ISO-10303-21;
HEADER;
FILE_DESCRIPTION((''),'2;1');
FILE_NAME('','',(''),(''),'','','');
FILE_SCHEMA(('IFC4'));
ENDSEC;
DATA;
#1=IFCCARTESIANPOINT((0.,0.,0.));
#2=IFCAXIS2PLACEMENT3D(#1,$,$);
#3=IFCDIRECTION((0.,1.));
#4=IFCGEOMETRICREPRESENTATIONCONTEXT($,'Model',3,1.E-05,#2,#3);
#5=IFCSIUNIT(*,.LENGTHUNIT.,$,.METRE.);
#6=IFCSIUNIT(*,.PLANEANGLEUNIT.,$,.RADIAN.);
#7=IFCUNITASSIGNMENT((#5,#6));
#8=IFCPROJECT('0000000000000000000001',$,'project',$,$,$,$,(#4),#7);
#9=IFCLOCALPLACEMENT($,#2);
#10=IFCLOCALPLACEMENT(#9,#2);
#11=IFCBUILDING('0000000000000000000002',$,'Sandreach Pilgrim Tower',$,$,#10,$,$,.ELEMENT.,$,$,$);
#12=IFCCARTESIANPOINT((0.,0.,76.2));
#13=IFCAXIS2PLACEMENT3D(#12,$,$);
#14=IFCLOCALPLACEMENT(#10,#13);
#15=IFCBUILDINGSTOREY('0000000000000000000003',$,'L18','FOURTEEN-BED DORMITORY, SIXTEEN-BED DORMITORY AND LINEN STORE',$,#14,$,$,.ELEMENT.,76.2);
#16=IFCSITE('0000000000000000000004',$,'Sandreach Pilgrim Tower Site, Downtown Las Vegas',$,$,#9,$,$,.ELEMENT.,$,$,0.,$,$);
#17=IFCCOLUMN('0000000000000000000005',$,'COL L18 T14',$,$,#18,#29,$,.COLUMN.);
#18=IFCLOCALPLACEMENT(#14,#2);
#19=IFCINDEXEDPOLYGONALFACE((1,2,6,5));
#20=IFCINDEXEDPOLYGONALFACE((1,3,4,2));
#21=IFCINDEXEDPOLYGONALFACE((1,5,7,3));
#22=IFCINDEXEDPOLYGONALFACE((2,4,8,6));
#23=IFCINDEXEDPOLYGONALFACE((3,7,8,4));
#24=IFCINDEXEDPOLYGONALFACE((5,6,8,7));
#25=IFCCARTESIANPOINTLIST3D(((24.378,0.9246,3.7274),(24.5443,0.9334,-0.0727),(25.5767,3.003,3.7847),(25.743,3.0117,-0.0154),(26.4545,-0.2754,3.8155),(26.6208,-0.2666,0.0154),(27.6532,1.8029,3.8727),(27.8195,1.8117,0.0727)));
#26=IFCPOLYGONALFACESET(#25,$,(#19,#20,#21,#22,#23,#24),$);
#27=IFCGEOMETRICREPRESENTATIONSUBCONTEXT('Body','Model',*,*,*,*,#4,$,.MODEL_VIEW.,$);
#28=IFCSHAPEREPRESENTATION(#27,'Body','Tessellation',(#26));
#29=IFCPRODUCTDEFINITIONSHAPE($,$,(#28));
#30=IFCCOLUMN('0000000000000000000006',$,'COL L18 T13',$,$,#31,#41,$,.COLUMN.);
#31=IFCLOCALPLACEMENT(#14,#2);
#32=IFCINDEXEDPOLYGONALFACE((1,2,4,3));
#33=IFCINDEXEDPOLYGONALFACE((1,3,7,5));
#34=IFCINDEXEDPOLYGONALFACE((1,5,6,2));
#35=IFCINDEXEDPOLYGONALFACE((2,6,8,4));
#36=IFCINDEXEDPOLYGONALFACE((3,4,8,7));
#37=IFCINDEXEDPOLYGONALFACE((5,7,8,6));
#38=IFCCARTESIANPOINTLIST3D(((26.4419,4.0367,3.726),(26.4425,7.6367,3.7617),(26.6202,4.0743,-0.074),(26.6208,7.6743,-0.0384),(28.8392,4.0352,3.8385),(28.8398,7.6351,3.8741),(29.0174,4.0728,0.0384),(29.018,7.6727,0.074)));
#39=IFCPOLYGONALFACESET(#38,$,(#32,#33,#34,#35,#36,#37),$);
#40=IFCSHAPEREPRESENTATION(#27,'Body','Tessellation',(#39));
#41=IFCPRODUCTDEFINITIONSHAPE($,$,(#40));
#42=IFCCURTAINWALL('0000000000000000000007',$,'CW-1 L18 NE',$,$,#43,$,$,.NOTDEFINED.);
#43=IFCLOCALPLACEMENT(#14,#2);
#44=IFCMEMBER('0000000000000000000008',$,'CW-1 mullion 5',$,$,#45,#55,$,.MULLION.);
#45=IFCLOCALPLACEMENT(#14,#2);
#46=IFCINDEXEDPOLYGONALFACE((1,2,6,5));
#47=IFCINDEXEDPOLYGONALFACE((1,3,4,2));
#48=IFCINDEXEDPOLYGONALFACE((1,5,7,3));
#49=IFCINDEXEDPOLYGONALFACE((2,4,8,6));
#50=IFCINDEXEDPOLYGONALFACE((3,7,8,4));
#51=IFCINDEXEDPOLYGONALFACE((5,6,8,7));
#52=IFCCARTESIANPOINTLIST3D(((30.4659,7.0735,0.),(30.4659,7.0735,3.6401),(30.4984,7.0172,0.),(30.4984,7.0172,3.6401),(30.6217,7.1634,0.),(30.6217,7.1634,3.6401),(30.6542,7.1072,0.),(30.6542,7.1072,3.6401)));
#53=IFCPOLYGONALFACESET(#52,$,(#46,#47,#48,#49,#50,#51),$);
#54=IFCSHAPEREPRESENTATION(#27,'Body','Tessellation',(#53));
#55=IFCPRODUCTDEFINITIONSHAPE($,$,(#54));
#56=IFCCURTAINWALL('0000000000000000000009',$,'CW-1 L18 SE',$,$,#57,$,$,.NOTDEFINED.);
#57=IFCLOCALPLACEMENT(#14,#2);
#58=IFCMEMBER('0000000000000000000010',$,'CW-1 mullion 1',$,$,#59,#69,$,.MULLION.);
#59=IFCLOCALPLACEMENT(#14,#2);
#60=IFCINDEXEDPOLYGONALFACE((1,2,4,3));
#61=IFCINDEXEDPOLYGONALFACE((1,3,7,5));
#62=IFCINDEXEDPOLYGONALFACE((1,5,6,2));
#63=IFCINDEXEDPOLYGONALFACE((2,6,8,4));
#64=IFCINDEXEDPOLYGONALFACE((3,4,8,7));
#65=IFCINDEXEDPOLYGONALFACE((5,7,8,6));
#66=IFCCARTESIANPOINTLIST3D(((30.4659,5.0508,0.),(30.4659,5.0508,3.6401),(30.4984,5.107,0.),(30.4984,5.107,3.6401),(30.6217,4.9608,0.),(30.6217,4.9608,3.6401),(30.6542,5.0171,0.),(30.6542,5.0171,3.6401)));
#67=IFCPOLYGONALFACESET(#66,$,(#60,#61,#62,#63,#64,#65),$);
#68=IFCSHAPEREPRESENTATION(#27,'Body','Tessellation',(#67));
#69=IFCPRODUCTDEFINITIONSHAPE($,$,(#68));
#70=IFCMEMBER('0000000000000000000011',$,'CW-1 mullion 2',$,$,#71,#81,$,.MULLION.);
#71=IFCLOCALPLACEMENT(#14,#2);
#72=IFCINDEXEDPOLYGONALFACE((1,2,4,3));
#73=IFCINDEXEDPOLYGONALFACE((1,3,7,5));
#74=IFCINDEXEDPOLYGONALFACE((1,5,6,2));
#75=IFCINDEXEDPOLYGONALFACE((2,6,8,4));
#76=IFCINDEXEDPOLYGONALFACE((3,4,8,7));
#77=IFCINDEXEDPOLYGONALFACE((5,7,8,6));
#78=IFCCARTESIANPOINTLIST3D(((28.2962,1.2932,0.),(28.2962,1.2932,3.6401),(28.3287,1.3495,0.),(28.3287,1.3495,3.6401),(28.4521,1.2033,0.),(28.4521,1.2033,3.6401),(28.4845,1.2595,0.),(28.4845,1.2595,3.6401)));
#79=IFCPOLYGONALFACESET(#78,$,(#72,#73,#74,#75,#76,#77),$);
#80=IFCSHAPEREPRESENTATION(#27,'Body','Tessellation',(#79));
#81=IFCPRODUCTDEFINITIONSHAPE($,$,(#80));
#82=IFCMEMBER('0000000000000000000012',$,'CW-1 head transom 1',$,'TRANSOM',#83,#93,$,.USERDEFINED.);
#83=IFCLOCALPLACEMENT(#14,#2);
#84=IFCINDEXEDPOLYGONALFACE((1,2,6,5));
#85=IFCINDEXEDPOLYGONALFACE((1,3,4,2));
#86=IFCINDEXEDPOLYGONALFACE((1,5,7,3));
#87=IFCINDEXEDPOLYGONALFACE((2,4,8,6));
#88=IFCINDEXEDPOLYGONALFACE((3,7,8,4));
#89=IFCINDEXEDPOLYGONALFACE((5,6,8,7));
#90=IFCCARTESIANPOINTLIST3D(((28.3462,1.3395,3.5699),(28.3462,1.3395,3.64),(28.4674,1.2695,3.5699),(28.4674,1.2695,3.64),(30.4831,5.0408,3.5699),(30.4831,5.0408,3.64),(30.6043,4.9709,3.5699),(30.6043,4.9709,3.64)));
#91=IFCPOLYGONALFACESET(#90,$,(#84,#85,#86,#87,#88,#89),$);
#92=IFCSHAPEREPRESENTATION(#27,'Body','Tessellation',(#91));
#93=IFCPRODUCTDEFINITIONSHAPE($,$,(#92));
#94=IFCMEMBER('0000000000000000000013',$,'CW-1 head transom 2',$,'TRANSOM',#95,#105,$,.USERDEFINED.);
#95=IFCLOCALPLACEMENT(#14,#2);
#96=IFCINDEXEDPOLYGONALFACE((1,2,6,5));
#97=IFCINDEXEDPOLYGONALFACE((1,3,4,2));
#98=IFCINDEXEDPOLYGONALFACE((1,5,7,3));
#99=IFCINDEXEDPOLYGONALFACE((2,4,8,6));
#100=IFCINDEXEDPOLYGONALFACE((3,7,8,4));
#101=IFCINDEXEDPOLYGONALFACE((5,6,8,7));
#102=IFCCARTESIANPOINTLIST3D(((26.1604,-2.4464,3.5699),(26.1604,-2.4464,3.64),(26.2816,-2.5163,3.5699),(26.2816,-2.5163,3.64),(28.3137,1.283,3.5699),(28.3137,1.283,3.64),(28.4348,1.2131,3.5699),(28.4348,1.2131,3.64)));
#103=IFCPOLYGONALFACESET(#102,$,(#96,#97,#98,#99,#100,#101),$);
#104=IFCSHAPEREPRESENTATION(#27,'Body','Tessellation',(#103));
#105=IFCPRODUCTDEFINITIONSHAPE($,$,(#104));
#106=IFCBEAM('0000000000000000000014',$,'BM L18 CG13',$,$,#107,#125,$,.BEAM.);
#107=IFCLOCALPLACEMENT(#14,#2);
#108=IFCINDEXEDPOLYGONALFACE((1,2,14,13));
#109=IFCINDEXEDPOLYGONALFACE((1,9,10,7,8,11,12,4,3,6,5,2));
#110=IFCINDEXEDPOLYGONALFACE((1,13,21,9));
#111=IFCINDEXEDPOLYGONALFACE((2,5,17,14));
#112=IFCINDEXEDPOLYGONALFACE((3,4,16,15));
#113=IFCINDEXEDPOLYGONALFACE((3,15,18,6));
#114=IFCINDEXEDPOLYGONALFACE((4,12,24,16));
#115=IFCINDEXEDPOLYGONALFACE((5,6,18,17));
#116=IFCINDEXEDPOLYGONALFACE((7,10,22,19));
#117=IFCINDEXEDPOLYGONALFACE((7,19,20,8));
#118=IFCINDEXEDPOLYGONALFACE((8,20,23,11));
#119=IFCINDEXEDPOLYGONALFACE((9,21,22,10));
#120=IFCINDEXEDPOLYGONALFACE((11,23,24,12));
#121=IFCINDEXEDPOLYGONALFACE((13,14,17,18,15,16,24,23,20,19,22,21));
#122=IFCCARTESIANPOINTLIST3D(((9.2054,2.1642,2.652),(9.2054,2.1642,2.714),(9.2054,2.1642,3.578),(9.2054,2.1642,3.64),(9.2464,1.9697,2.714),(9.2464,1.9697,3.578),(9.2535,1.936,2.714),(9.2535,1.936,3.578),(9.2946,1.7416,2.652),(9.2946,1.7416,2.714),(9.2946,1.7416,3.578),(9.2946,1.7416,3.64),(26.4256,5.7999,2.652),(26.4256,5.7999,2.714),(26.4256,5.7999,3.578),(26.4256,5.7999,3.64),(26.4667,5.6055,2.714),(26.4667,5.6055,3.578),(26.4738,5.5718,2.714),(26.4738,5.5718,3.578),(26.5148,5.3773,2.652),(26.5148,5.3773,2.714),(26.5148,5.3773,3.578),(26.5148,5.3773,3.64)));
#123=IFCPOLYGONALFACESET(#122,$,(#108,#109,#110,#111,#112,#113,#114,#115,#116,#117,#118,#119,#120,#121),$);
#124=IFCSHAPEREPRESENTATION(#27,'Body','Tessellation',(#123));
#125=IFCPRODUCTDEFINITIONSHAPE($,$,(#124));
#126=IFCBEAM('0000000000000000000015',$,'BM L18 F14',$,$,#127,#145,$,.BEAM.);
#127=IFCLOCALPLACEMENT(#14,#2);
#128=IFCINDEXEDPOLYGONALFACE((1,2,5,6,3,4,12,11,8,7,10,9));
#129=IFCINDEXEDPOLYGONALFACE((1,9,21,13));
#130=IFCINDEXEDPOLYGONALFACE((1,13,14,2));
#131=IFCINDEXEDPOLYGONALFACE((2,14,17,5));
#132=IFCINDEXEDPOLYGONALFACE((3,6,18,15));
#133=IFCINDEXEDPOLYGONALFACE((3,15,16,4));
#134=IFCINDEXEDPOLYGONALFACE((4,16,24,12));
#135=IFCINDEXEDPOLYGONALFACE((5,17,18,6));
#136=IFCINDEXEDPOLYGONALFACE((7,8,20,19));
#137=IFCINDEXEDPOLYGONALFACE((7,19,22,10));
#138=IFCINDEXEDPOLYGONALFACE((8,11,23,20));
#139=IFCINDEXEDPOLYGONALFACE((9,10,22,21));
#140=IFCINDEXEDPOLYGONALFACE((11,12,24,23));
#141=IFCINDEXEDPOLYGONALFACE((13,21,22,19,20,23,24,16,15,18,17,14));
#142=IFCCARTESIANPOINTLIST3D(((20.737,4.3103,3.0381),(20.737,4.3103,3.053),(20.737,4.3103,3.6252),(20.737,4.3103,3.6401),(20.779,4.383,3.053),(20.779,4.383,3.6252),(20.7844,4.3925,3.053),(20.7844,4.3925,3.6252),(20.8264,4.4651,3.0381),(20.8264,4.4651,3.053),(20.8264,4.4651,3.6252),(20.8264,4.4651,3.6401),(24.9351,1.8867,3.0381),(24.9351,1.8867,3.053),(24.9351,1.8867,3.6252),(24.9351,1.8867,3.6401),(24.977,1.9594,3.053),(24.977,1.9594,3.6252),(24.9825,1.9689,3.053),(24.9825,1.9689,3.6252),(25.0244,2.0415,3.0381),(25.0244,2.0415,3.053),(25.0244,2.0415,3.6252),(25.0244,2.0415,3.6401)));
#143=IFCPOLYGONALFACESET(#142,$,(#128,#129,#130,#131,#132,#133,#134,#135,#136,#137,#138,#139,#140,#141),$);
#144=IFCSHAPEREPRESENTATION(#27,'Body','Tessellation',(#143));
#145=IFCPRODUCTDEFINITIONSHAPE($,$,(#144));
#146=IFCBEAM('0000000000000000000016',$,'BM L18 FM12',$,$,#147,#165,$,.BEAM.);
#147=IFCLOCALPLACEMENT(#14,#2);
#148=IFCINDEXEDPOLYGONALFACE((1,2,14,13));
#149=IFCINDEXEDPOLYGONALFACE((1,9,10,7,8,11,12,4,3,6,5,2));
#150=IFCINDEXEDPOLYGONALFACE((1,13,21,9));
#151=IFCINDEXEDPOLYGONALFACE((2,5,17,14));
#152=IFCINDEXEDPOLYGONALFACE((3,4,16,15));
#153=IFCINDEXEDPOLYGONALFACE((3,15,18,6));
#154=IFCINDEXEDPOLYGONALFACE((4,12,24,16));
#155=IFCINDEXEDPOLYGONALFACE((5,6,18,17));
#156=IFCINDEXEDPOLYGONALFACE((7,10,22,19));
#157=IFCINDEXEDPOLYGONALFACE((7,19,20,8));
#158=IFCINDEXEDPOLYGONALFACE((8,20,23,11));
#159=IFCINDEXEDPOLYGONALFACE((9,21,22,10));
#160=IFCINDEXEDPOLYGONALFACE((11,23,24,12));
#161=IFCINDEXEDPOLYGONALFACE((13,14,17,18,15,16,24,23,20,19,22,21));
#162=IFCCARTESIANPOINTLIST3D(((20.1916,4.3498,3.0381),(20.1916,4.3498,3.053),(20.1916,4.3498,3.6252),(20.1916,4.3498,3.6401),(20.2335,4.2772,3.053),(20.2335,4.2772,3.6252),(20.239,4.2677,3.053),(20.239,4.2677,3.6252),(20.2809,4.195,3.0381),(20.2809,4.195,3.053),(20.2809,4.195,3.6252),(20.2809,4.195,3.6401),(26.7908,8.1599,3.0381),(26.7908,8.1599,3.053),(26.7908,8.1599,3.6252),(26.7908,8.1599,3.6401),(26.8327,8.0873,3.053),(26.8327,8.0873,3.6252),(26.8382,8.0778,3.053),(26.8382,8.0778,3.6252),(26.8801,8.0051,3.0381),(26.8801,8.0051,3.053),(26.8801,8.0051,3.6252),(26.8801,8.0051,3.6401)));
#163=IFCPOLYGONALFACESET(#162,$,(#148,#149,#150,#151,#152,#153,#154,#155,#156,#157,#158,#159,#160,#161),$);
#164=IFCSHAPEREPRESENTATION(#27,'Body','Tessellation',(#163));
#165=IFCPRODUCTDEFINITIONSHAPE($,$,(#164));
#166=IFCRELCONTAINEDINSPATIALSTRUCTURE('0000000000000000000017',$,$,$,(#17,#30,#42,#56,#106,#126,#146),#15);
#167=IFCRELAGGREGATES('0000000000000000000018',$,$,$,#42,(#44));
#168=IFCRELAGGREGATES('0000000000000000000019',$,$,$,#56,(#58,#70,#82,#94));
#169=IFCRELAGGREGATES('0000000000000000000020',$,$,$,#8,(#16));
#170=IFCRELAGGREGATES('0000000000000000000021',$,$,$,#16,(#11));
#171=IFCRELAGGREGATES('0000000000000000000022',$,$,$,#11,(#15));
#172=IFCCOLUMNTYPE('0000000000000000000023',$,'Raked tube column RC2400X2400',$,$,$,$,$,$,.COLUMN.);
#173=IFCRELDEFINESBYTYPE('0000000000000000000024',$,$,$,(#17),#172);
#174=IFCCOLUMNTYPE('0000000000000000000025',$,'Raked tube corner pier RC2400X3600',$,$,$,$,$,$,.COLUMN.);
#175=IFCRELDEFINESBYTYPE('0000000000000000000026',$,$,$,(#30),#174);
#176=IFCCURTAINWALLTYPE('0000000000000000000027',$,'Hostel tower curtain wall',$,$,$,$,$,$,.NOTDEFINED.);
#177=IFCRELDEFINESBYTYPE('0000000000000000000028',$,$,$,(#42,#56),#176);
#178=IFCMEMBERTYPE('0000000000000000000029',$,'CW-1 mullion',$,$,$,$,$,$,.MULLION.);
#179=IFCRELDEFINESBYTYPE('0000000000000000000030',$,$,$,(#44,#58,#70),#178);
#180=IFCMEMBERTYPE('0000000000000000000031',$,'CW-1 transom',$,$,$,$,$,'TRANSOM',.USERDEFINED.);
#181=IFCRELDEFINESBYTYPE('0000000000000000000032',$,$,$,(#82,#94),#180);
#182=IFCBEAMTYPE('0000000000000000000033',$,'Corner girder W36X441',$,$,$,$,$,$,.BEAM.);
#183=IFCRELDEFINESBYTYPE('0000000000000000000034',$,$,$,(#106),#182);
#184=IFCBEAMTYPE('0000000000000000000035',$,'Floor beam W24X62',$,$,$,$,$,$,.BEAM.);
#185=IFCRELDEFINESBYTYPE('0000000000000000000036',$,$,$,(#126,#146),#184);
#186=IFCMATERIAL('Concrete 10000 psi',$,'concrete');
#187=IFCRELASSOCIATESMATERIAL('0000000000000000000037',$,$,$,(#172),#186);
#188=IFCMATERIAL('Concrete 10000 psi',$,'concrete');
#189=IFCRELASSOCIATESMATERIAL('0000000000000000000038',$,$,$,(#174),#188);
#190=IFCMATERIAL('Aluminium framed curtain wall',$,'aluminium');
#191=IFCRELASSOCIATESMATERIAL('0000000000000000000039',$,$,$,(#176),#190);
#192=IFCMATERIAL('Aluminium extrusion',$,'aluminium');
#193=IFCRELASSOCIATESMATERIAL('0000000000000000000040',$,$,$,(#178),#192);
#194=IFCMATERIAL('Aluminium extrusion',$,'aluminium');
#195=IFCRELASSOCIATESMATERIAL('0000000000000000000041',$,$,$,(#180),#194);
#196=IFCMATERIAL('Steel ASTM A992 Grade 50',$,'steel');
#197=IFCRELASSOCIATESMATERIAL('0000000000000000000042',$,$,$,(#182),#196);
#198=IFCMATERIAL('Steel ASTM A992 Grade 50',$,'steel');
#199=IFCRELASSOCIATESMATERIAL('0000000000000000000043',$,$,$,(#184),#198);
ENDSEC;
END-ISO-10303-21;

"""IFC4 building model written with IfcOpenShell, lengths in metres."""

from ifc_helpers import new_model, si_unit, direction, frame, origin, origin_2d, place, context, subcontext, project, spatial, rectangle, i_section, extrude, material, material_profile, profile_set, type_object, element, aggregate, save


model = new_model("IFC4")

# Units and contexts
model_context = context("Model", 3, precision=1e-05, world=origin(), true_north=direction((0.0, 1.0)))
body_context = subcontext(model_context, "Body", "Model", "MODEL_VIEW")
ifc_project = project(units=[si_unit("LENGTHUNIT", "METRE"), si_unit("PLANEANGLEUNIT", "RADIAN")], contexts=[model_context])

# Site, building, storey
site_placement = place(None, origin())
site = spatial("IfcSite", under=ifc_project, at=site_placement, Name="Sandreach Pilgrim Tower Site, Downtown Las Vegas", CompositionType="ELEMENT", RefElevation=0.0)
building_placement = place(site_placement, origin())
building = spatial("IfcBuilding", under=site, at=building_placement, Name="Sandreach Pilgrim Tower", CompositionType="ELEMENT")
storey_placement = place(building_placement, frame((0.0, 0.0, 76.2)))
storey = spatial("IfcBuildingStorey", under=building, at=storey_placement, Name="L18", Description="FOURTEEN-BED DORMITORY, SIXTEEN-BED DORMITORY AND LINEN STORE", CompositionType="ELEMENT", Elevation=76.2)

# Columns
ifc_material_1 = material(Name="Concrete 10000 psi", Category="concrete")
ifc_material_profile_1 = material_profile(ifc_material_1, rectangle(XDim=2.3999, YDim=2.3999, at=origin_2d()), Name="RC2400X2400")
ifc_profile_set_1 = profile_set([ifc_material_profile_1], Name="Concrete 10000 psi")
column_type_1 = type_object("IfcColumnType", Name="Raked tube column RC2400X2400", PredefinedType="COLUMN", material=ifc_profile_set_1)
column_1_placement = place(storey_placement, frame((26.1819, 1.3726, 0.0), z_axis=(-0.04371, -0.002311, 0.999042), x_axis=(0.865224, -0.500041, 0.036699)))
element("IfcColumn", 1, at=column_1_placement, inside=storey, type_object=column_type_1, Name="COL L18 T14", PredefinedType="COLUMN", context=body_context, shape_type="SweptSolid", body=[
    extrude(rectangle(XDim=2.3999, YDim=2.3999, at=origin_2d()), origin(), (0.0, 0.0, 1.0), 3.8037),
])
ifc_material_2 = material(Name="Concrete 10000 psi", Category="concrete")
ifc_material_profile_2 = material_profile(ifc_material_2, rectangle(XDim=2.3999, YDim=3.6001, at=origin_2d()), Name="RC2400X3600")
ifc_profile_set_2 = profile_set([ifc_material_profile_2], Name="Concrete 10000 psi")
column_type_2 = type_object("IfcColumnType", Name="Raked tube corner pier RC2400X3600", PredefinedType="COLUMN", material=ifc_profile_set_2)
column_2_placement = place(storey_placement, frame((27.8191, 5.8735, 0.0), z_axis=(-0.046846, -0.009883, 0.998853), x_axis=(0.998902, -0.00063, 0.046842)))
element("IfcColumn", 2, at=column_2_placement, inside=storey, type_object=column_type_2, Name="COL L18 T13", PredefinedType="COLUMN", context=body_context, shape_type="SweptSolid", body=[
    extrude(rectangle(XDim=2.3999, YDim=3.6001, at=origin_2d()), origin(), (0.0, 0.0, 1.0), 3.8044),
])

# Curtain wall, member
ifc_material_3 = material(Name="Aluminium framed curtain wall", Category="aluminium")
curtain_wall_type = type_object("IfcCurtainWallType", Name="Hostel tower curtain wall", PredefinedType="NOTDEFINED", material=ifc_material_3)
curtain_wall_1_placement = place(storey_placement, origin())
curtain_wall_1 = element("IfcCurtainWall", 3, at=curtain_wall_1_placement, inside=storey, type_object=curtain_wall_type, Name="CW-1 L18 NE", PredefinedType="NOTDEFINED")
ifc_material_4 = material(Name="Aluminium extrusion", Category="aluminium")
ifc_material_profile_3 = material_profile(ifc_material_4, rectangle(XDim=0.0649, YDim=0.1799, at=origin_2d()), Name="CW-1M 65X180")
ifc_profile_set_3 = profile_set([ifc_material_profile_3], Name="Aluminium extrusion")
member_type_1 = type_object("IfcMemberType", Name="CW-1 mullion", PredefinedType="MULLION", material=ifc_profile_set_3)
member_1_placement = place(storey_placement, frame((30.5601, 7.0903, 0.0), z_axis=(0.0, 0.0, 1.0), x_axis=(0.5, -0.866025, 0.0)))
member_1 = element("IfcMember", 4, at=member_1_placement, type_object=member_type_1, Name="CW-1 mullion 5", PredefinedType="MULLION", context=body_context, shape_type="SweptSolid", body=[
    extrude(rectangle(XDim=0.0649, YDim=0.1799, at=origin_2d()), origin(), (0.0, 0.0, 1.0), 3.6401),
])

# Curtain wall, members
curtain_wall_2_placement = place(storey_placement, origin())
curtain_wall_2 = element("IfcCurtainWall", 5, at=curtain_wall_2_placement, inside=storey, type_object=curtain_wall_type, Name="CW-1 L18 SE", PredefinedType="NOTDEFINED")
member_2_placement = place(storey_placement, frame((30.5601, 5.0339, 0.0), z_axis=(0.0, 0.0, 1.0), x_axis=(-0.5, -0.866025, 0.0)))
member_2 = element("IfcMember", 6, at=member_2_placement, type_object=member_type_1, Name="CW-1 mullion 1", PredefinedType="MULLION", context=body_context, shape_type="SweptSolid", body=[
    extrude(rectangle(XDim=0.0649, YDim=0.1799, at=origin_2d()), origin(), (0.0, 0.0, 1.0), 3.6401),
])
member_3_placement = place(storey_placement, frame((28.3904, 1.2764, 0.0), z_axis=(0.0, 0.0, 1.0), x_axis=(-0.5, -0.866025, 0.0)))
member_3 = element("IfcMember", 7, at=member_3_placement, type_object=member_type_1, Name="CW-1 mullion 2", PredefinedType="MULLION", context=body_context, shape_type="SweptSolid", body=[
    extrude(rectangle(XDim=0.0649, YDim=0.1799, at=origin_2d()), origin(), (0.0, 0.0, 1.0), 3.6401),
])
ifc_material_5 = material(Name="Aluminium extrusion", Category="aluminium")
ifc_material_profile_4 = material_profile(ifc_material_5, rectangle(XDim=0.1399, YDim=0.0701, at=origin_2d()), Name="CW-1T 140X70")
ifc_profile_set_4 = profile_set([ifc_material_profile_4], Name="Aluminium extrusion")
member_type_2 = type_object("IfcMemberType", Name="CW-1 transom", ElementType="TRANSOM", PredefinedType="USERDEFINED", material=ifc_profile_set_4)
member_4_placement = place(storey_placement, frame((30.5437, 5.0059, 3.605), z_axis=(-0.499991, -0.866031, 0.0), x_axis=(0.866031, -0.499991, 0.0)))
member_4 = element("IfcMember", 8, at=member_4_placement, type_object=member_type_2, Name="CW-1 head transom 1", ObjectType="TRANSOM", PredefinedType="USERDEFINED", context=body_context, shape_type="SweptSolid", body=[
    extrude(rectangle(XDim=0.1399, YDim=0.0701, at=origin_2d()), origin(), (0.0, 0.0, 1.0), 4.2739),
])
member_5_placement = place(storey_placement, frame((28.3743, 1.248, 3.605), z_axis=(-0.500017, -0.866016, 0.0), x_axis=(0.866016, -0.500017, 0.0)))
member_5 = element("IfcMember", 9, at=member_5_placement, type_object=member_type_2, Name="CW-1 head transom 2", ObjectType="TRANSOM", PredefinedType="USERDEFINED", context=body_context, shape_type="SweptSolid", body=[
    extrude(rectangle(XDim=0.1399, YDim=0.0701, at=origin_2d()), origin(), (0.0, 0.0, 1.0), 4.3064),
])

# Beams
ifc_material_6 = material(Name="Steel ASTM A992 Grade 50", Category="steel")
ifc_material_profile_5 = material_profile(ifc_material_6, i_section(OverallWidth=0.4319, OverallDepth=0.988, WebThickness=0.0344, FlangeThickness=0.062, at=origin_2d()), Name="W36X441")
ifc_profile_set_5 = profile_set([ifc_material_profile_5], Name="Steel ASTM A992 Grade 50")
beam_type_1 = type_object("IfcBeamType", Name="Corner girder W36X441", PredefinedType="BEAM", material=ifc_profile_set_5)
beam_1_placement = place(storey_placement, frame((26.4702, 5.5886, 3.146), z_axis=(-0.97843, -0.206578, 0.0), x_axis=(0.206578, -0.97843, 0.0)))
element("IfcBeam", 10, at=beam_1_placement, inside=storey, type_object=beam_type_1, Name="BM L18 CG13", PredefinedType="BEAM", context=body_context, shape_type="SweptSolid", body=[
    extrude(i_section(OverallWidth=0.4319, OverallDepth=0.988, WebThickness=0.0344, FlangeThickness=0.062, at=origin_2d()), origin(), (0.0, 0.0, 1.0), 17.5999),
])
ifc_material_7 = material(Name="Steel ASTM A992 Grade 50", Category="steel")
ifc_material_profile_6 = material_profile(ifc_material_7, i_section(OverallWidth=0.1787, OverallDepth=0.6021, WebThickness=0.011, FlangeThickness=0.0149, at=origin_2d()), Name="W24X62")
ifc_profile_set_6 = profile_set([ifc_material_profile_6], Name="Steel ASTM A992 Grade 50")
beam_type_2 = type_object("IfcBeamType", Name="Floor beam W24X62", PredefinedType="BEAM", material=ifc_profile_set_6)
beam_2_placement = place(storey_placement, frame((24.9797, 1.9641, 3.3391), z_axis=(-0.866037, 0.49998, 0.0), x_axis=(-0.49998, -0.866037, 0.0)))
element("IfcBeam", 11, at=beam_2_placement, inside=storey, type_object=beam_type_2, Name="BM L18 F14", PredefinedType="BEAM", context=body_context, shape_type="SweptSolid", body=[
    extrude(i_section(OverallWidth=0.1787, OverallDepth=0.6021, WebThickness=0.011, FlangeThickness=0.0149, at=origin_2d()), origin(), (0.0, 0.0, 1.0), 4.8474),
])
beam_3_placement = place(storey_placement, frame((26.8354, 8.0825, 3.3391), z_axis=(-0.866022, -0.500005, 0.0), x_axis=(0.500005, -0.866022, 0.0)))
element("IfcBeam", 12, at=beam_3_placement, inside=storey, type_object=beam_type_2, Name="BM L18 FM12", PredefinedType="BEAM", context=body_context, shape_type="SweptSolid", body=[
    extrude(i_section(OverallWidth=0.1787, OverallDepth=0.6021, WebThickness=0.011, FlangeThickness=0.0149, at=origin_2d()), origin(), (0.0, 0.0, 1.0), 7.6201),
])

aggregate(curtain_wall_1, [member_1])
aggregate(curtain_wall_2, [member_2, member_3, member_4, member_5])

save(model, "model.ifc")
